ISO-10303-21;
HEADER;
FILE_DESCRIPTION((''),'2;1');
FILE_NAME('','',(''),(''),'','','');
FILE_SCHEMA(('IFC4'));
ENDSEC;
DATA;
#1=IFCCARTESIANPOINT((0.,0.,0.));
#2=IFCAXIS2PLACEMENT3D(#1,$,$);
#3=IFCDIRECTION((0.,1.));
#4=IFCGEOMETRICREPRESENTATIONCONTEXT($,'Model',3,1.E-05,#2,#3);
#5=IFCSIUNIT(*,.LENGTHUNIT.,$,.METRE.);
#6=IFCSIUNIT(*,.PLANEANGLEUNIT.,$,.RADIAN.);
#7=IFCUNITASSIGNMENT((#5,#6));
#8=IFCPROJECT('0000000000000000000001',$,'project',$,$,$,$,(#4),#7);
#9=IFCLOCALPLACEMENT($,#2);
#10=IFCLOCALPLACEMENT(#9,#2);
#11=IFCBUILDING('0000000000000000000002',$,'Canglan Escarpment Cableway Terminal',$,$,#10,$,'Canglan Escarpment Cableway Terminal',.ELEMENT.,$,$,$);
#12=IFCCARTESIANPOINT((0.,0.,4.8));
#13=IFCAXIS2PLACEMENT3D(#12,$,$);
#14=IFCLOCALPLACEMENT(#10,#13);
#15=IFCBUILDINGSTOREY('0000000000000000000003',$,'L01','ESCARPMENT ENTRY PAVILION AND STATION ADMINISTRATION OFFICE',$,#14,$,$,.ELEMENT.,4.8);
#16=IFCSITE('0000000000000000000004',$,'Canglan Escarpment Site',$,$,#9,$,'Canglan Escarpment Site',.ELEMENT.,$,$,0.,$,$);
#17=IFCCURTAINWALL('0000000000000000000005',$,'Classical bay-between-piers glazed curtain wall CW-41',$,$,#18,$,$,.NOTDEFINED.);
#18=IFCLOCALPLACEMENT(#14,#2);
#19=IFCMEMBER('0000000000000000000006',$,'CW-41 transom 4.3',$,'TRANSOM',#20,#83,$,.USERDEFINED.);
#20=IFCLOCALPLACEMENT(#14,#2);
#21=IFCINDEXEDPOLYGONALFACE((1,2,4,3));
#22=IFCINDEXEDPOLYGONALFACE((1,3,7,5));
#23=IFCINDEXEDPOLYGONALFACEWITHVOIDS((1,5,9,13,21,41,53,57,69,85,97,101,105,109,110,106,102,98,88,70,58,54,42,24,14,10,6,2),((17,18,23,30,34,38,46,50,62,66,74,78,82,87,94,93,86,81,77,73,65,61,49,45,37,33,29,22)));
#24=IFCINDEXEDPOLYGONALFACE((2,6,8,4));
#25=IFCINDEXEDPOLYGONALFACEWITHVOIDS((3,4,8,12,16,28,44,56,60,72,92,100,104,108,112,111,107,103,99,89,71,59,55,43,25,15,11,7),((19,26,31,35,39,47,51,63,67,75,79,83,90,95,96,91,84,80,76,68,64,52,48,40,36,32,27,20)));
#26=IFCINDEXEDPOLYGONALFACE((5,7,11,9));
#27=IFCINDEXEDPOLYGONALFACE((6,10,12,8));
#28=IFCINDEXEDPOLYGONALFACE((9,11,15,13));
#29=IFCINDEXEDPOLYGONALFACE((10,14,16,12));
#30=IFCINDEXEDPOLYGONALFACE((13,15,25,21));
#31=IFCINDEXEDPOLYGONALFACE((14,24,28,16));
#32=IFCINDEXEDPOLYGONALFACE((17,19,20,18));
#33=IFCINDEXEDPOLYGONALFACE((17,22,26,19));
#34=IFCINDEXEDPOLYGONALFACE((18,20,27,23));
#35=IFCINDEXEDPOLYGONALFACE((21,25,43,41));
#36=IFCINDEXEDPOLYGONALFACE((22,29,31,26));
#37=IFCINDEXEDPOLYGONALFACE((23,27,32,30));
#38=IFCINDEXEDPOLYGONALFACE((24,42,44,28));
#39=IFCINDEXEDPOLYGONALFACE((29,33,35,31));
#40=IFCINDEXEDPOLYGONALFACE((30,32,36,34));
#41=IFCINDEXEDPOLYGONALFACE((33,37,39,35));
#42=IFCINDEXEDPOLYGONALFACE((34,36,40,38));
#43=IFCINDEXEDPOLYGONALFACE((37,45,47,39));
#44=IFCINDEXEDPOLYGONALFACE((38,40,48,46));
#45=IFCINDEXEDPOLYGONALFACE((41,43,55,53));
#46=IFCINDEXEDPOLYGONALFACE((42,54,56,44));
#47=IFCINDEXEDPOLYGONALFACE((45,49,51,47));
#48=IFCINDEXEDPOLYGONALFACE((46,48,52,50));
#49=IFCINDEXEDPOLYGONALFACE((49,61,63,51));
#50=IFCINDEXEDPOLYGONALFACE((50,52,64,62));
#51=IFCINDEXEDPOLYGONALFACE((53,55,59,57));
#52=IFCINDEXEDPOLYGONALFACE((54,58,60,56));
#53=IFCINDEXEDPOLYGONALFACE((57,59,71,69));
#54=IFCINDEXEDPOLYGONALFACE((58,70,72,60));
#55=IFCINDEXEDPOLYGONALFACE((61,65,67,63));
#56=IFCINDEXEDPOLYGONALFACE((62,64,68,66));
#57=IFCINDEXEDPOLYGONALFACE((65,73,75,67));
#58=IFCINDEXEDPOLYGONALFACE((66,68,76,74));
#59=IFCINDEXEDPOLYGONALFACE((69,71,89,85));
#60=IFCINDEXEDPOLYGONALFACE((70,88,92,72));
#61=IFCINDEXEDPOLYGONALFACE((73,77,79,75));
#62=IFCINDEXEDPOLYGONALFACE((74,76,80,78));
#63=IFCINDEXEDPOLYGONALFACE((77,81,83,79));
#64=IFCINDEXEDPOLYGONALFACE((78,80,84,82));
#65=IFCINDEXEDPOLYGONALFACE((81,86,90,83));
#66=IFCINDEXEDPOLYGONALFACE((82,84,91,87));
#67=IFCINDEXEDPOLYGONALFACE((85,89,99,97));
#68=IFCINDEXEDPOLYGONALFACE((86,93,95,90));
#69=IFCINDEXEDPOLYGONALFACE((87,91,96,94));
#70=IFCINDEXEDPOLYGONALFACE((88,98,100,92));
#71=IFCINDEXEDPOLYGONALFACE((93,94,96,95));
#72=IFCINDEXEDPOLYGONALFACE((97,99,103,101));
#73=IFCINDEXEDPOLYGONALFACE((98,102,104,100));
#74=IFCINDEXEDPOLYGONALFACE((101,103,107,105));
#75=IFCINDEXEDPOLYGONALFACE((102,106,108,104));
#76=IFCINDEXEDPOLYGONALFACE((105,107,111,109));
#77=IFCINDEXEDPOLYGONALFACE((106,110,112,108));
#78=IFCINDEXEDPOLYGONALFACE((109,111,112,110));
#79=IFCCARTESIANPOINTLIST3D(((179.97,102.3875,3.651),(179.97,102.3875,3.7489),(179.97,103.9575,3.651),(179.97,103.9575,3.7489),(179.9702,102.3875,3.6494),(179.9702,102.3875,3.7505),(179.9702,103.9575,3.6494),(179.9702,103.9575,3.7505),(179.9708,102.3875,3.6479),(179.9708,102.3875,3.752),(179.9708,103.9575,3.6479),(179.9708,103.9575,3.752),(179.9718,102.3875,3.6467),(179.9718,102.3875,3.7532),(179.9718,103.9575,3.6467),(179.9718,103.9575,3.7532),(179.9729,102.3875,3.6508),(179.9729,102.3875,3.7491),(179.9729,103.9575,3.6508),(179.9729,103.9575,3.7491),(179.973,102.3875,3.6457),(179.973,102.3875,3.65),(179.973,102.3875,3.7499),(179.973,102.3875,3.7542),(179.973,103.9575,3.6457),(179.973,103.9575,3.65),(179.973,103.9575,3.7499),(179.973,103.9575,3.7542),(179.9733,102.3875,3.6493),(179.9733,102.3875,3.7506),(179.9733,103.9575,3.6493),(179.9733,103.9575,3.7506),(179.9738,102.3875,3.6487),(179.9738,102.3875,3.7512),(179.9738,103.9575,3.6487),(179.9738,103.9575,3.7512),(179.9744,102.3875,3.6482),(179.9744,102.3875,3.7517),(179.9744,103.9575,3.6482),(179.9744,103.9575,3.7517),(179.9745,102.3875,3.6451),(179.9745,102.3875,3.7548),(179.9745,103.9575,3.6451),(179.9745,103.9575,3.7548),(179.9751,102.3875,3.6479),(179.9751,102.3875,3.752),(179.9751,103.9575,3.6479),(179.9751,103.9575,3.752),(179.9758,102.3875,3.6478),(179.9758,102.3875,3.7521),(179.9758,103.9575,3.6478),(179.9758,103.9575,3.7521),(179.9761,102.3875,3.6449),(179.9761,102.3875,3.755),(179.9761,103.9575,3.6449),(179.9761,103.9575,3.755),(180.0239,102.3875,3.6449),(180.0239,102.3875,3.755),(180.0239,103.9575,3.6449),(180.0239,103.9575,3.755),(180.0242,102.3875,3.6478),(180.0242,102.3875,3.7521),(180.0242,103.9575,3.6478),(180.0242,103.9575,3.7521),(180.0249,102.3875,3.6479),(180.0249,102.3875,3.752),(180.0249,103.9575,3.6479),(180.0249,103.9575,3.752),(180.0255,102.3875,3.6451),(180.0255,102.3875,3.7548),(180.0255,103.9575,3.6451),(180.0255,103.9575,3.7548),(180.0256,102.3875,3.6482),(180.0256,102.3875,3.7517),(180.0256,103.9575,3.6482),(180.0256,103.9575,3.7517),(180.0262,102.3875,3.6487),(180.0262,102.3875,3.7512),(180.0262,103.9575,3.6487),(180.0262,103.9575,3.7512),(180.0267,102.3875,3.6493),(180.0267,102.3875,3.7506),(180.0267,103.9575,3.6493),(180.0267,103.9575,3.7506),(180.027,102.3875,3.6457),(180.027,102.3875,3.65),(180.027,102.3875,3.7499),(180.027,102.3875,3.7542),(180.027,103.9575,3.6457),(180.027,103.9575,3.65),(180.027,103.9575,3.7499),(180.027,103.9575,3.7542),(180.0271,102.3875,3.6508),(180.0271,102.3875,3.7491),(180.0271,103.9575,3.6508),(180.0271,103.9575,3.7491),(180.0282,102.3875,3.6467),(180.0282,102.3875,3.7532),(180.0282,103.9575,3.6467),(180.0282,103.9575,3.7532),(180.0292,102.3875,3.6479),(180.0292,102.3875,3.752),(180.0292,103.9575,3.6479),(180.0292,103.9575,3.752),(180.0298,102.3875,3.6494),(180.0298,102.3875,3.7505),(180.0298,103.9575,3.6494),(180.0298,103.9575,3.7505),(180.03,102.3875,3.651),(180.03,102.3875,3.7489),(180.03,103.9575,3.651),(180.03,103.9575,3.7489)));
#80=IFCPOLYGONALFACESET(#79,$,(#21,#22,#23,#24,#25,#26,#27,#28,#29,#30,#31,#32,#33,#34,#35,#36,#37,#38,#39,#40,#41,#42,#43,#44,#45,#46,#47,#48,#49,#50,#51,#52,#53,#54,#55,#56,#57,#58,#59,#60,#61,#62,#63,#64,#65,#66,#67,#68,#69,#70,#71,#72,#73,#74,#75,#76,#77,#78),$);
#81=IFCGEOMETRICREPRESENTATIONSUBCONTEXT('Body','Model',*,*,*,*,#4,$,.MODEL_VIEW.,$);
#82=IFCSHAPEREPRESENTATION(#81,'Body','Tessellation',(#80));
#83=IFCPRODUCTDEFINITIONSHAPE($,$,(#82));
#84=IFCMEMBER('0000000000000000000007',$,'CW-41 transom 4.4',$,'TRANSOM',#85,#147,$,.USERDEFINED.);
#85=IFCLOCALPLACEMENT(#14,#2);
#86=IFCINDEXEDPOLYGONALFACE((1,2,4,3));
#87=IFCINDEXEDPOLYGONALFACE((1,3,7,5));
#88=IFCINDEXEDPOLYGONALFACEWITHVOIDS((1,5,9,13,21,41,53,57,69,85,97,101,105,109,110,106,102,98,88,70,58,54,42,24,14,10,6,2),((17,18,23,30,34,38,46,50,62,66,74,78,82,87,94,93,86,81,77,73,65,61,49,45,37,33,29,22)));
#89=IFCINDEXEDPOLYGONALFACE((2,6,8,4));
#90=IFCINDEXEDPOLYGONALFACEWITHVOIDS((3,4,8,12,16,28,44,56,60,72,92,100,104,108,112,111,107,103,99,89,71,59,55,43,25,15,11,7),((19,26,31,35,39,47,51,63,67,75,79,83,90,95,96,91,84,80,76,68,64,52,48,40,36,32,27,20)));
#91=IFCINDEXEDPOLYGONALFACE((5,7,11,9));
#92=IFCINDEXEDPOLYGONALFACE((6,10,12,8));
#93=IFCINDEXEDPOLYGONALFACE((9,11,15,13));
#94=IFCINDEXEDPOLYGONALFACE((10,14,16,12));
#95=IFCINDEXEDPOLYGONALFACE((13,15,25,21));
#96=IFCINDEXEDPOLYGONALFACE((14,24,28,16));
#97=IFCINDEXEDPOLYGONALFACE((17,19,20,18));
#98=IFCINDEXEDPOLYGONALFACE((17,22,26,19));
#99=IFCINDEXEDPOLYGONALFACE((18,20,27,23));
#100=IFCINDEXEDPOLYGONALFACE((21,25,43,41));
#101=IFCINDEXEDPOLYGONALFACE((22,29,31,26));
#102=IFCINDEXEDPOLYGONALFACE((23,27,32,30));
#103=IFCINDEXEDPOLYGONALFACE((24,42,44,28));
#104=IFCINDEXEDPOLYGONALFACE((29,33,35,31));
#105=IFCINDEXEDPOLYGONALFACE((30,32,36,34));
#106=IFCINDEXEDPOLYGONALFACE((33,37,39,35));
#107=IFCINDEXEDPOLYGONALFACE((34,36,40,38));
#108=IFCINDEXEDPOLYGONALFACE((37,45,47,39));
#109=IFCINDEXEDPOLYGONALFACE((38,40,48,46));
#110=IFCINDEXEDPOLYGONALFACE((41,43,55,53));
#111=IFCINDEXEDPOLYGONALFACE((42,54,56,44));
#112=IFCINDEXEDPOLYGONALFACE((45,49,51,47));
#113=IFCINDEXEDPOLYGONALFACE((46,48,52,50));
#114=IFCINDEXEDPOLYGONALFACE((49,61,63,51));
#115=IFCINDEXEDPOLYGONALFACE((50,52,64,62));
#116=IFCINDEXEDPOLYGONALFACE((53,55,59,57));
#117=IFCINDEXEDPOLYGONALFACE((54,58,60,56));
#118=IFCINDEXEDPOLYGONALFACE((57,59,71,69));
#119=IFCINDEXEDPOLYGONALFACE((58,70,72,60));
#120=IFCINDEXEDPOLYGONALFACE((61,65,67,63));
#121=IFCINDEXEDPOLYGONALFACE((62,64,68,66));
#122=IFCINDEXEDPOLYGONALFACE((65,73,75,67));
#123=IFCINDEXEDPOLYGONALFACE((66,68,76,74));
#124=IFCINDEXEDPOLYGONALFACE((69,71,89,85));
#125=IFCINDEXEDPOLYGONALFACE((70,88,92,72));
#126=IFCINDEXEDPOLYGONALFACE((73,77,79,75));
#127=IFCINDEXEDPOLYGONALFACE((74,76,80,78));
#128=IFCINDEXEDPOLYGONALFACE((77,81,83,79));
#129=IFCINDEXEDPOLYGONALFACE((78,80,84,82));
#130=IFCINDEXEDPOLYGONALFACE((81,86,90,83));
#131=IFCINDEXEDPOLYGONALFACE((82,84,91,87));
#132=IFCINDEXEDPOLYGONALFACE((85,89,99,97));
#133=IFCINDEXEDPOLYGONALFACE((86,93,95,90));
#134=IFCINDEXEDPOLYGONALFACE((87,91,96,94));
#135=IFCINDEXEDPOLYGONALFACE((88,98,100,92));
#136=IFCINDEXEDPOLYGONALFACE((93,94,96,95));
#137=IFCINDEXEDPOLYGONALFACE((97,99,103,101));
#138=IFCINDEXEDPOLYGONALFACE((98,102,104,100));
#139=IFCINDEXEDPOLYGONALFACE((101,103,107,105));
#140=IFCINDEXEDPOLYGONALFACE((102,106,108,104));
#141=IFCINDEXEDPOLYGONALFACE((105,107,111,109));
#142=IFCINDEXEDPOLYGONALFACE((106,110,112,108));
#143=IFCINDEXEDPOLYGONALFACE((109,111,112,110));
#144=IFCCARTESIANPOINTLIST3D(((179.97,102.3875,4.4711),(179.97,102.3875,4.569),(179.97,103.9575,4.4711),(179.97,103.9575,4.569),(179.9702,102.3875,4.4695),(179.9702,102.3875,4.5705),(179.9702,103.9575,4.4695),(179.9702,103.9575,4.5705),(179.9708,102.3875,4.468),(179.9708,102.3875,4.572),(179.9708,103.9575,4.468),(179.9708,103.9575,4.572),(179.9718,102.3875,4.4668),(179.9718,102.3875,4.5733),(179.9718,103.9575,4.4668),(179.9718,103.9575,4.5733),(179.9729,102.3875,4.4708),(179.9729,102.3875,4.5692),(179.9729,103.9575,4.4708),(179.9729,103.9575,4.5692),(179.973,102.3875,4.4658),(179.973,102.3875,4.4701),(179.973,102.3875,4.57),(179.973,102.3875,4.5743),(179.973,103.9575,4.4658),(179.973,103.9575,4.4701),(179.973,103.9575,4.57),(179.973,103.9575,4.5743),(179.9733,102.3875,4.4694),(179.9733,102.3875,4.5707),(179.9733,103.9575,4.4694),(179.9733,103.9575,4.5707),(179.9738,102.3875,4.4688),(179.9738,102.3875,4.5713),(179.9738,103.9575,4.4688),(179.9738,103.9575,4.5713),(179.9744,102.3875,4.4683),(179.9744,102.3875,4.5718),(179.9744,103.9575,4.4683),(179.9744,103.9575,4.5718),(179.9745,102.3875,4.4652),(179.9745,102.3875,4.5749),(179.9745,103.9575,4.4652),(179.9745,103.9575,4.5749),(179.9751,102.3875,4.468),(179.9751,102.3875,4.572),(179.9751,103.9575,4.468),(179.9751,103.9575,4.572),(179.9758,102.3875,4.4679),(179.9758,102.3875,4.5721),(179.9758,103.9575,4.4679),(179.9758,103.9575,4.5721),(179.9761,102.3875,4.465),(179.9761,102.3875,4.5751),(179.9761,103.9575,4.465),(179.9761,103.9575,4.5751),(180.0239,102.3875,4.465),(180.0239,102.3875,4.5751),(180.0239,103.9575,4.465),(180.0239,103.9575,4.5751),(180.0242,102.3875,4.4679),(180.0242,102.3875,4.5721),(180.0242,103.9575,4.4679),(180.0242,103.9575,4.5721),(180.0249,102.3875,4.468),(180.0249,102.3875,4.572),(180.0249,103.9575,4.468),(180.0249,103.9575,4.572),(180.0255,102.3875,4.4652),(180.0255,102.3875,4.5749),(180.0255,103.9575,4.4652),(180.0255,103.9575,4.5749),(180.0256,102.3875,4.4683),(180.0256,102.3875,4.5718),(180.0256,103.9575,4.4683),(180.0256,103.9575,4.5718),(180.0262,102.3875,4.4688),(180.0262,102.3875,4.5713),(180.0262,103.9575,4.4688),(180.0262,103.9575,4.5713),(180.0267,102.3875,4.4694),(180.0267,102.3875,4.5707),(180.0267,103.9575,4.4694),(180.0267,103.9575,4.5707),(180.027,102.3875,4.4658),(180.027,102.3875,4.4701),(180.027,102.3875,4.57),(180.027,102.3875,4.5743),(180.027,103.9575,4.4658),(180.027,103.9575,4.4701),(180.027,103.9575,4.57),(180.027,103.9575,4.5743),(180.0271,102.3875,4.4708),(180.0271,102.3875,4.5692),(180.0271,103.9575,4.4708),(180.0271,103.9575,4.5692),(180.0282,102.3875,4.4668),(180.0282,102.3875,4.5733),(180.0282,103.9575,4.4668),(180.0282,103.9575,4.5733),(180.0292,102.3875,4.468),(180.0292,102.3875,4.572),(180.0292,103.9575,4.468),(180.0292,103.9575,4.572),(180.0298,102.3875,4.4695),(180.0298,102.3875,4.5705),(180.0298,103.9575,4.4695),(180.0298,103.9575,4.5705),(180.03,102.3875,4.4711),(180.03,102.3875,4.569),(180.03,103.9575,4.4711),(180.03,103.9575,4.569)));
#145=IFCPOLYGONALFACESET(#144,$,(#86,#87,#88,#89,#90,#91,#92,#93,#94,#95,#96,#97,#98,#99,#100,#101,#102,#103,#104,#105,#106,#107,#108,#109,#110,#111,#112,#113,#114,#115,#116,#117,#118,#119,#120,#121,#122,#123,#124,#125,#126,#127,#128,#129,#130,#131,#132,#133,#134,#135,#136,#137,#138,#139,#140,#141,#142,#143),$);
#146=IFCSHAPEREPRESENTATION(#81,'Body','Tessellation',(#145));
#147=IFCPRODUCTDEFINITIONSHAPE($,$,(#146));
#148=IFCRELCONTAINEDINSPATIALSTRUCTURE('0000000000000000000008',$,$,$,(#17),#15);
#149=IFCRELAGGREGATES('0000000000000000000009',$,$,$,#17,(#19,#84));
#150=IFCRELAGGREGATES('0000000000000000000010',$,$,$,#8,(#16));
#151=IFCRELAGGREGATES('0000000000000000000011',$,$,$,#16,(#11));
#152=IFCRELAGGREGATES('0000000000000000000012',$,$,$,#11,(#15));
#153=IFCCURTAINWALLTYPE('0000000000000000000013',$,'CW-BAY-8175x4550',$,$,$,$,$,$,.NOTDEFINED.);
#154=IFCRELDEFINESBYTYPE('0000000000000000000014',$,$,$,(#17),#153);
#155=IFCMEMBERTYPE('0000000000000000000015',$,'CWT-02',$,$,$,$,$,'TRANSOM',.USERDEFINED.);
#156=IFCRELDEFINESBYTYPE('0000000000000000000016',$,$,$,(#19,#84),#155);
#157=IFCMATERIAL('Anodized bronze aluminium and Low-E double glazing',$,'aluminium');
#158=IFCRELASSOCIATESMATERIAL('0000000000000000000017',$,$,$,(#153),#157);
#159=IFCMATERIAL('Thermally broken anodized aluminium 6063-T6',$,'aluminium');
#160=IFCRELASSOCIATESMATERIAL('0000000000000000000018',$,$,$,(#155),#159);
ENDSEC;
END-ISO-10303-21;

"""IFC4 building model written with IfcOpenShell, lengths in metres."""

from ifc_helpers import new_model, si_unit, direction, frame, origin, origin_2d, place, context, subcontext, project, spatial, hollow_rectangle, extrude, material, material_profile, profile_set, type_object, element, aggregate, save


model = new_model("IFC4")

# Units and contexts
model_context = context("Model", 3, precision=1e-05, world=origin(), true_north=direction((0.0, 1.0)))
body_context = subcontext(model_context, "Body", "Model", "MODEL_VIEW")
ifc_project = project(units=[si_unit("LENGTHUNIT", "METRE"), si_unit("PLANEANGLEUNIT", "RADIAN")], contexts=[model_context])

# Site, building, storey
site_placement = place(None, origin())
site = spatial("IfcSite", under=ifc_project, at=site_placement, Name="Canglan Escarpment Site", LongName="Canglan Escarpment Site", CompositionType="ELEMENT", RefElevation=0.0)
building_placement = place(site_placement, origin())
building = spatial("IfcBuilding", under=site, at=building_placement, Name="Canglan Escarpment Cableway Terminal", LongName="Canglan Escarpment Cableway Terminal", CompositionType="ELEMENT")
storey_placement = place(building_placement, frame((0.0, 0.0, 4.8)))
storey = spatial("IfcBuildingStorey", under=building, at=storey_placement, Name="L01", Description="ESCARPMENT ENTRY PAVILION AND STATION ADMINISTRATION OFFICE", CompositionType="ELEMENT", Elevation=4.8)

# Curtain wall, members
ifc_material_1 = material(Name="Anodized bronze aluminium and Low-E double glazing", Category="aluminium")
curtain_wall_type = type_object("IfcCurtainWallType", Name="CW-BAY-8175x4550", PredefinedType="NOTDEFINED", material=ifc_material_1)
curtain_wall_placement = place(storey_placement, origin())
curtain_wall = element("IfcCurtainWall", 1, at=curtain_wall_placement, inside=storey, type_object=curtain_wall_type, Name="Classical bay-between-piers glazed curtain wall CW-41", PredefinedType="NOTDEFINED")
ifc_material_2 = material(Name="Thermally broken anodized aluminium 6063-T6", Category="aluminium")
ifc_material_profile_1 = material_profile(ifc_material_2, hollow_rectangle(XDim=0.0601, YDim=0.1101, WallThickness=0.0029, InnerFilletRadius=0.0029, OuterFilletRadius=0.0061, at=origin_2d()), Name="ALU-TRAN 60x110x3")
ifc_profile_set_1 = profile_set([ifc_material_profile_1], Name="Thermally broken anodized aluminium 6063-T6")
member_type_1 = type_object("IfcMemberType", Name="CWT-02", ElementType="TRANSOM", PredefinedType="USERDEFINED", material=ifc_profile_set_1)
member_1_placement = place(storey_placement, frame((180.0, 102.3875, 3.7), z_axis=(0.0, 1.0, 0.0), x_axis=(-1.0, 0.0, 0.0)))
member_1 = element("IfcMember", 2, at=member_1_placement, type_object=member_type_1, Name="CW-41 transom 4.3", ObjectType="TRANSOM", PredefinedType="USERDEFINED", context=body_context, shape_type="SweptSolid", body=[
    extrude(hollow_rectangle(XDim=0.0601, YDim=0.1101, WallThickness=0.0029, InnerFilletRadius=0.0029, OuterFilletRadius=0.0061, at=origin_2d()), origin(), (0.0, 0.0, 1.0), 1.5701),
])
member_2_placement = place(storey_placement, frame((180.0, 102.3875, 4.52), z_axis=(0.0, 1.0, 0.0), x_axis=(-1.0, 0.0, 0.0)))
member_2 = element("IfcMember", 3, at=member_2_placement, type_object=member_type_1, Name="CW-41 transom 4.4", ObjectType="TRANSOM", PredefinedType="USERDEFINED", context=body_context, shape_type="SweptSolid", body=[
    extrude(hollow_rectangle(XDim=0.0601, YDim=0.1101, WallThickness=0.0029, InnerFilletRadius=0.0029, OuterFilletRadius=0.0061, at=origin_2d()), origin(), (0.0, 0.0, 1.0), 1.5701),
])
aggregate(curtain_wall, [member_1, member_2])

save(model, "model.ifc")
